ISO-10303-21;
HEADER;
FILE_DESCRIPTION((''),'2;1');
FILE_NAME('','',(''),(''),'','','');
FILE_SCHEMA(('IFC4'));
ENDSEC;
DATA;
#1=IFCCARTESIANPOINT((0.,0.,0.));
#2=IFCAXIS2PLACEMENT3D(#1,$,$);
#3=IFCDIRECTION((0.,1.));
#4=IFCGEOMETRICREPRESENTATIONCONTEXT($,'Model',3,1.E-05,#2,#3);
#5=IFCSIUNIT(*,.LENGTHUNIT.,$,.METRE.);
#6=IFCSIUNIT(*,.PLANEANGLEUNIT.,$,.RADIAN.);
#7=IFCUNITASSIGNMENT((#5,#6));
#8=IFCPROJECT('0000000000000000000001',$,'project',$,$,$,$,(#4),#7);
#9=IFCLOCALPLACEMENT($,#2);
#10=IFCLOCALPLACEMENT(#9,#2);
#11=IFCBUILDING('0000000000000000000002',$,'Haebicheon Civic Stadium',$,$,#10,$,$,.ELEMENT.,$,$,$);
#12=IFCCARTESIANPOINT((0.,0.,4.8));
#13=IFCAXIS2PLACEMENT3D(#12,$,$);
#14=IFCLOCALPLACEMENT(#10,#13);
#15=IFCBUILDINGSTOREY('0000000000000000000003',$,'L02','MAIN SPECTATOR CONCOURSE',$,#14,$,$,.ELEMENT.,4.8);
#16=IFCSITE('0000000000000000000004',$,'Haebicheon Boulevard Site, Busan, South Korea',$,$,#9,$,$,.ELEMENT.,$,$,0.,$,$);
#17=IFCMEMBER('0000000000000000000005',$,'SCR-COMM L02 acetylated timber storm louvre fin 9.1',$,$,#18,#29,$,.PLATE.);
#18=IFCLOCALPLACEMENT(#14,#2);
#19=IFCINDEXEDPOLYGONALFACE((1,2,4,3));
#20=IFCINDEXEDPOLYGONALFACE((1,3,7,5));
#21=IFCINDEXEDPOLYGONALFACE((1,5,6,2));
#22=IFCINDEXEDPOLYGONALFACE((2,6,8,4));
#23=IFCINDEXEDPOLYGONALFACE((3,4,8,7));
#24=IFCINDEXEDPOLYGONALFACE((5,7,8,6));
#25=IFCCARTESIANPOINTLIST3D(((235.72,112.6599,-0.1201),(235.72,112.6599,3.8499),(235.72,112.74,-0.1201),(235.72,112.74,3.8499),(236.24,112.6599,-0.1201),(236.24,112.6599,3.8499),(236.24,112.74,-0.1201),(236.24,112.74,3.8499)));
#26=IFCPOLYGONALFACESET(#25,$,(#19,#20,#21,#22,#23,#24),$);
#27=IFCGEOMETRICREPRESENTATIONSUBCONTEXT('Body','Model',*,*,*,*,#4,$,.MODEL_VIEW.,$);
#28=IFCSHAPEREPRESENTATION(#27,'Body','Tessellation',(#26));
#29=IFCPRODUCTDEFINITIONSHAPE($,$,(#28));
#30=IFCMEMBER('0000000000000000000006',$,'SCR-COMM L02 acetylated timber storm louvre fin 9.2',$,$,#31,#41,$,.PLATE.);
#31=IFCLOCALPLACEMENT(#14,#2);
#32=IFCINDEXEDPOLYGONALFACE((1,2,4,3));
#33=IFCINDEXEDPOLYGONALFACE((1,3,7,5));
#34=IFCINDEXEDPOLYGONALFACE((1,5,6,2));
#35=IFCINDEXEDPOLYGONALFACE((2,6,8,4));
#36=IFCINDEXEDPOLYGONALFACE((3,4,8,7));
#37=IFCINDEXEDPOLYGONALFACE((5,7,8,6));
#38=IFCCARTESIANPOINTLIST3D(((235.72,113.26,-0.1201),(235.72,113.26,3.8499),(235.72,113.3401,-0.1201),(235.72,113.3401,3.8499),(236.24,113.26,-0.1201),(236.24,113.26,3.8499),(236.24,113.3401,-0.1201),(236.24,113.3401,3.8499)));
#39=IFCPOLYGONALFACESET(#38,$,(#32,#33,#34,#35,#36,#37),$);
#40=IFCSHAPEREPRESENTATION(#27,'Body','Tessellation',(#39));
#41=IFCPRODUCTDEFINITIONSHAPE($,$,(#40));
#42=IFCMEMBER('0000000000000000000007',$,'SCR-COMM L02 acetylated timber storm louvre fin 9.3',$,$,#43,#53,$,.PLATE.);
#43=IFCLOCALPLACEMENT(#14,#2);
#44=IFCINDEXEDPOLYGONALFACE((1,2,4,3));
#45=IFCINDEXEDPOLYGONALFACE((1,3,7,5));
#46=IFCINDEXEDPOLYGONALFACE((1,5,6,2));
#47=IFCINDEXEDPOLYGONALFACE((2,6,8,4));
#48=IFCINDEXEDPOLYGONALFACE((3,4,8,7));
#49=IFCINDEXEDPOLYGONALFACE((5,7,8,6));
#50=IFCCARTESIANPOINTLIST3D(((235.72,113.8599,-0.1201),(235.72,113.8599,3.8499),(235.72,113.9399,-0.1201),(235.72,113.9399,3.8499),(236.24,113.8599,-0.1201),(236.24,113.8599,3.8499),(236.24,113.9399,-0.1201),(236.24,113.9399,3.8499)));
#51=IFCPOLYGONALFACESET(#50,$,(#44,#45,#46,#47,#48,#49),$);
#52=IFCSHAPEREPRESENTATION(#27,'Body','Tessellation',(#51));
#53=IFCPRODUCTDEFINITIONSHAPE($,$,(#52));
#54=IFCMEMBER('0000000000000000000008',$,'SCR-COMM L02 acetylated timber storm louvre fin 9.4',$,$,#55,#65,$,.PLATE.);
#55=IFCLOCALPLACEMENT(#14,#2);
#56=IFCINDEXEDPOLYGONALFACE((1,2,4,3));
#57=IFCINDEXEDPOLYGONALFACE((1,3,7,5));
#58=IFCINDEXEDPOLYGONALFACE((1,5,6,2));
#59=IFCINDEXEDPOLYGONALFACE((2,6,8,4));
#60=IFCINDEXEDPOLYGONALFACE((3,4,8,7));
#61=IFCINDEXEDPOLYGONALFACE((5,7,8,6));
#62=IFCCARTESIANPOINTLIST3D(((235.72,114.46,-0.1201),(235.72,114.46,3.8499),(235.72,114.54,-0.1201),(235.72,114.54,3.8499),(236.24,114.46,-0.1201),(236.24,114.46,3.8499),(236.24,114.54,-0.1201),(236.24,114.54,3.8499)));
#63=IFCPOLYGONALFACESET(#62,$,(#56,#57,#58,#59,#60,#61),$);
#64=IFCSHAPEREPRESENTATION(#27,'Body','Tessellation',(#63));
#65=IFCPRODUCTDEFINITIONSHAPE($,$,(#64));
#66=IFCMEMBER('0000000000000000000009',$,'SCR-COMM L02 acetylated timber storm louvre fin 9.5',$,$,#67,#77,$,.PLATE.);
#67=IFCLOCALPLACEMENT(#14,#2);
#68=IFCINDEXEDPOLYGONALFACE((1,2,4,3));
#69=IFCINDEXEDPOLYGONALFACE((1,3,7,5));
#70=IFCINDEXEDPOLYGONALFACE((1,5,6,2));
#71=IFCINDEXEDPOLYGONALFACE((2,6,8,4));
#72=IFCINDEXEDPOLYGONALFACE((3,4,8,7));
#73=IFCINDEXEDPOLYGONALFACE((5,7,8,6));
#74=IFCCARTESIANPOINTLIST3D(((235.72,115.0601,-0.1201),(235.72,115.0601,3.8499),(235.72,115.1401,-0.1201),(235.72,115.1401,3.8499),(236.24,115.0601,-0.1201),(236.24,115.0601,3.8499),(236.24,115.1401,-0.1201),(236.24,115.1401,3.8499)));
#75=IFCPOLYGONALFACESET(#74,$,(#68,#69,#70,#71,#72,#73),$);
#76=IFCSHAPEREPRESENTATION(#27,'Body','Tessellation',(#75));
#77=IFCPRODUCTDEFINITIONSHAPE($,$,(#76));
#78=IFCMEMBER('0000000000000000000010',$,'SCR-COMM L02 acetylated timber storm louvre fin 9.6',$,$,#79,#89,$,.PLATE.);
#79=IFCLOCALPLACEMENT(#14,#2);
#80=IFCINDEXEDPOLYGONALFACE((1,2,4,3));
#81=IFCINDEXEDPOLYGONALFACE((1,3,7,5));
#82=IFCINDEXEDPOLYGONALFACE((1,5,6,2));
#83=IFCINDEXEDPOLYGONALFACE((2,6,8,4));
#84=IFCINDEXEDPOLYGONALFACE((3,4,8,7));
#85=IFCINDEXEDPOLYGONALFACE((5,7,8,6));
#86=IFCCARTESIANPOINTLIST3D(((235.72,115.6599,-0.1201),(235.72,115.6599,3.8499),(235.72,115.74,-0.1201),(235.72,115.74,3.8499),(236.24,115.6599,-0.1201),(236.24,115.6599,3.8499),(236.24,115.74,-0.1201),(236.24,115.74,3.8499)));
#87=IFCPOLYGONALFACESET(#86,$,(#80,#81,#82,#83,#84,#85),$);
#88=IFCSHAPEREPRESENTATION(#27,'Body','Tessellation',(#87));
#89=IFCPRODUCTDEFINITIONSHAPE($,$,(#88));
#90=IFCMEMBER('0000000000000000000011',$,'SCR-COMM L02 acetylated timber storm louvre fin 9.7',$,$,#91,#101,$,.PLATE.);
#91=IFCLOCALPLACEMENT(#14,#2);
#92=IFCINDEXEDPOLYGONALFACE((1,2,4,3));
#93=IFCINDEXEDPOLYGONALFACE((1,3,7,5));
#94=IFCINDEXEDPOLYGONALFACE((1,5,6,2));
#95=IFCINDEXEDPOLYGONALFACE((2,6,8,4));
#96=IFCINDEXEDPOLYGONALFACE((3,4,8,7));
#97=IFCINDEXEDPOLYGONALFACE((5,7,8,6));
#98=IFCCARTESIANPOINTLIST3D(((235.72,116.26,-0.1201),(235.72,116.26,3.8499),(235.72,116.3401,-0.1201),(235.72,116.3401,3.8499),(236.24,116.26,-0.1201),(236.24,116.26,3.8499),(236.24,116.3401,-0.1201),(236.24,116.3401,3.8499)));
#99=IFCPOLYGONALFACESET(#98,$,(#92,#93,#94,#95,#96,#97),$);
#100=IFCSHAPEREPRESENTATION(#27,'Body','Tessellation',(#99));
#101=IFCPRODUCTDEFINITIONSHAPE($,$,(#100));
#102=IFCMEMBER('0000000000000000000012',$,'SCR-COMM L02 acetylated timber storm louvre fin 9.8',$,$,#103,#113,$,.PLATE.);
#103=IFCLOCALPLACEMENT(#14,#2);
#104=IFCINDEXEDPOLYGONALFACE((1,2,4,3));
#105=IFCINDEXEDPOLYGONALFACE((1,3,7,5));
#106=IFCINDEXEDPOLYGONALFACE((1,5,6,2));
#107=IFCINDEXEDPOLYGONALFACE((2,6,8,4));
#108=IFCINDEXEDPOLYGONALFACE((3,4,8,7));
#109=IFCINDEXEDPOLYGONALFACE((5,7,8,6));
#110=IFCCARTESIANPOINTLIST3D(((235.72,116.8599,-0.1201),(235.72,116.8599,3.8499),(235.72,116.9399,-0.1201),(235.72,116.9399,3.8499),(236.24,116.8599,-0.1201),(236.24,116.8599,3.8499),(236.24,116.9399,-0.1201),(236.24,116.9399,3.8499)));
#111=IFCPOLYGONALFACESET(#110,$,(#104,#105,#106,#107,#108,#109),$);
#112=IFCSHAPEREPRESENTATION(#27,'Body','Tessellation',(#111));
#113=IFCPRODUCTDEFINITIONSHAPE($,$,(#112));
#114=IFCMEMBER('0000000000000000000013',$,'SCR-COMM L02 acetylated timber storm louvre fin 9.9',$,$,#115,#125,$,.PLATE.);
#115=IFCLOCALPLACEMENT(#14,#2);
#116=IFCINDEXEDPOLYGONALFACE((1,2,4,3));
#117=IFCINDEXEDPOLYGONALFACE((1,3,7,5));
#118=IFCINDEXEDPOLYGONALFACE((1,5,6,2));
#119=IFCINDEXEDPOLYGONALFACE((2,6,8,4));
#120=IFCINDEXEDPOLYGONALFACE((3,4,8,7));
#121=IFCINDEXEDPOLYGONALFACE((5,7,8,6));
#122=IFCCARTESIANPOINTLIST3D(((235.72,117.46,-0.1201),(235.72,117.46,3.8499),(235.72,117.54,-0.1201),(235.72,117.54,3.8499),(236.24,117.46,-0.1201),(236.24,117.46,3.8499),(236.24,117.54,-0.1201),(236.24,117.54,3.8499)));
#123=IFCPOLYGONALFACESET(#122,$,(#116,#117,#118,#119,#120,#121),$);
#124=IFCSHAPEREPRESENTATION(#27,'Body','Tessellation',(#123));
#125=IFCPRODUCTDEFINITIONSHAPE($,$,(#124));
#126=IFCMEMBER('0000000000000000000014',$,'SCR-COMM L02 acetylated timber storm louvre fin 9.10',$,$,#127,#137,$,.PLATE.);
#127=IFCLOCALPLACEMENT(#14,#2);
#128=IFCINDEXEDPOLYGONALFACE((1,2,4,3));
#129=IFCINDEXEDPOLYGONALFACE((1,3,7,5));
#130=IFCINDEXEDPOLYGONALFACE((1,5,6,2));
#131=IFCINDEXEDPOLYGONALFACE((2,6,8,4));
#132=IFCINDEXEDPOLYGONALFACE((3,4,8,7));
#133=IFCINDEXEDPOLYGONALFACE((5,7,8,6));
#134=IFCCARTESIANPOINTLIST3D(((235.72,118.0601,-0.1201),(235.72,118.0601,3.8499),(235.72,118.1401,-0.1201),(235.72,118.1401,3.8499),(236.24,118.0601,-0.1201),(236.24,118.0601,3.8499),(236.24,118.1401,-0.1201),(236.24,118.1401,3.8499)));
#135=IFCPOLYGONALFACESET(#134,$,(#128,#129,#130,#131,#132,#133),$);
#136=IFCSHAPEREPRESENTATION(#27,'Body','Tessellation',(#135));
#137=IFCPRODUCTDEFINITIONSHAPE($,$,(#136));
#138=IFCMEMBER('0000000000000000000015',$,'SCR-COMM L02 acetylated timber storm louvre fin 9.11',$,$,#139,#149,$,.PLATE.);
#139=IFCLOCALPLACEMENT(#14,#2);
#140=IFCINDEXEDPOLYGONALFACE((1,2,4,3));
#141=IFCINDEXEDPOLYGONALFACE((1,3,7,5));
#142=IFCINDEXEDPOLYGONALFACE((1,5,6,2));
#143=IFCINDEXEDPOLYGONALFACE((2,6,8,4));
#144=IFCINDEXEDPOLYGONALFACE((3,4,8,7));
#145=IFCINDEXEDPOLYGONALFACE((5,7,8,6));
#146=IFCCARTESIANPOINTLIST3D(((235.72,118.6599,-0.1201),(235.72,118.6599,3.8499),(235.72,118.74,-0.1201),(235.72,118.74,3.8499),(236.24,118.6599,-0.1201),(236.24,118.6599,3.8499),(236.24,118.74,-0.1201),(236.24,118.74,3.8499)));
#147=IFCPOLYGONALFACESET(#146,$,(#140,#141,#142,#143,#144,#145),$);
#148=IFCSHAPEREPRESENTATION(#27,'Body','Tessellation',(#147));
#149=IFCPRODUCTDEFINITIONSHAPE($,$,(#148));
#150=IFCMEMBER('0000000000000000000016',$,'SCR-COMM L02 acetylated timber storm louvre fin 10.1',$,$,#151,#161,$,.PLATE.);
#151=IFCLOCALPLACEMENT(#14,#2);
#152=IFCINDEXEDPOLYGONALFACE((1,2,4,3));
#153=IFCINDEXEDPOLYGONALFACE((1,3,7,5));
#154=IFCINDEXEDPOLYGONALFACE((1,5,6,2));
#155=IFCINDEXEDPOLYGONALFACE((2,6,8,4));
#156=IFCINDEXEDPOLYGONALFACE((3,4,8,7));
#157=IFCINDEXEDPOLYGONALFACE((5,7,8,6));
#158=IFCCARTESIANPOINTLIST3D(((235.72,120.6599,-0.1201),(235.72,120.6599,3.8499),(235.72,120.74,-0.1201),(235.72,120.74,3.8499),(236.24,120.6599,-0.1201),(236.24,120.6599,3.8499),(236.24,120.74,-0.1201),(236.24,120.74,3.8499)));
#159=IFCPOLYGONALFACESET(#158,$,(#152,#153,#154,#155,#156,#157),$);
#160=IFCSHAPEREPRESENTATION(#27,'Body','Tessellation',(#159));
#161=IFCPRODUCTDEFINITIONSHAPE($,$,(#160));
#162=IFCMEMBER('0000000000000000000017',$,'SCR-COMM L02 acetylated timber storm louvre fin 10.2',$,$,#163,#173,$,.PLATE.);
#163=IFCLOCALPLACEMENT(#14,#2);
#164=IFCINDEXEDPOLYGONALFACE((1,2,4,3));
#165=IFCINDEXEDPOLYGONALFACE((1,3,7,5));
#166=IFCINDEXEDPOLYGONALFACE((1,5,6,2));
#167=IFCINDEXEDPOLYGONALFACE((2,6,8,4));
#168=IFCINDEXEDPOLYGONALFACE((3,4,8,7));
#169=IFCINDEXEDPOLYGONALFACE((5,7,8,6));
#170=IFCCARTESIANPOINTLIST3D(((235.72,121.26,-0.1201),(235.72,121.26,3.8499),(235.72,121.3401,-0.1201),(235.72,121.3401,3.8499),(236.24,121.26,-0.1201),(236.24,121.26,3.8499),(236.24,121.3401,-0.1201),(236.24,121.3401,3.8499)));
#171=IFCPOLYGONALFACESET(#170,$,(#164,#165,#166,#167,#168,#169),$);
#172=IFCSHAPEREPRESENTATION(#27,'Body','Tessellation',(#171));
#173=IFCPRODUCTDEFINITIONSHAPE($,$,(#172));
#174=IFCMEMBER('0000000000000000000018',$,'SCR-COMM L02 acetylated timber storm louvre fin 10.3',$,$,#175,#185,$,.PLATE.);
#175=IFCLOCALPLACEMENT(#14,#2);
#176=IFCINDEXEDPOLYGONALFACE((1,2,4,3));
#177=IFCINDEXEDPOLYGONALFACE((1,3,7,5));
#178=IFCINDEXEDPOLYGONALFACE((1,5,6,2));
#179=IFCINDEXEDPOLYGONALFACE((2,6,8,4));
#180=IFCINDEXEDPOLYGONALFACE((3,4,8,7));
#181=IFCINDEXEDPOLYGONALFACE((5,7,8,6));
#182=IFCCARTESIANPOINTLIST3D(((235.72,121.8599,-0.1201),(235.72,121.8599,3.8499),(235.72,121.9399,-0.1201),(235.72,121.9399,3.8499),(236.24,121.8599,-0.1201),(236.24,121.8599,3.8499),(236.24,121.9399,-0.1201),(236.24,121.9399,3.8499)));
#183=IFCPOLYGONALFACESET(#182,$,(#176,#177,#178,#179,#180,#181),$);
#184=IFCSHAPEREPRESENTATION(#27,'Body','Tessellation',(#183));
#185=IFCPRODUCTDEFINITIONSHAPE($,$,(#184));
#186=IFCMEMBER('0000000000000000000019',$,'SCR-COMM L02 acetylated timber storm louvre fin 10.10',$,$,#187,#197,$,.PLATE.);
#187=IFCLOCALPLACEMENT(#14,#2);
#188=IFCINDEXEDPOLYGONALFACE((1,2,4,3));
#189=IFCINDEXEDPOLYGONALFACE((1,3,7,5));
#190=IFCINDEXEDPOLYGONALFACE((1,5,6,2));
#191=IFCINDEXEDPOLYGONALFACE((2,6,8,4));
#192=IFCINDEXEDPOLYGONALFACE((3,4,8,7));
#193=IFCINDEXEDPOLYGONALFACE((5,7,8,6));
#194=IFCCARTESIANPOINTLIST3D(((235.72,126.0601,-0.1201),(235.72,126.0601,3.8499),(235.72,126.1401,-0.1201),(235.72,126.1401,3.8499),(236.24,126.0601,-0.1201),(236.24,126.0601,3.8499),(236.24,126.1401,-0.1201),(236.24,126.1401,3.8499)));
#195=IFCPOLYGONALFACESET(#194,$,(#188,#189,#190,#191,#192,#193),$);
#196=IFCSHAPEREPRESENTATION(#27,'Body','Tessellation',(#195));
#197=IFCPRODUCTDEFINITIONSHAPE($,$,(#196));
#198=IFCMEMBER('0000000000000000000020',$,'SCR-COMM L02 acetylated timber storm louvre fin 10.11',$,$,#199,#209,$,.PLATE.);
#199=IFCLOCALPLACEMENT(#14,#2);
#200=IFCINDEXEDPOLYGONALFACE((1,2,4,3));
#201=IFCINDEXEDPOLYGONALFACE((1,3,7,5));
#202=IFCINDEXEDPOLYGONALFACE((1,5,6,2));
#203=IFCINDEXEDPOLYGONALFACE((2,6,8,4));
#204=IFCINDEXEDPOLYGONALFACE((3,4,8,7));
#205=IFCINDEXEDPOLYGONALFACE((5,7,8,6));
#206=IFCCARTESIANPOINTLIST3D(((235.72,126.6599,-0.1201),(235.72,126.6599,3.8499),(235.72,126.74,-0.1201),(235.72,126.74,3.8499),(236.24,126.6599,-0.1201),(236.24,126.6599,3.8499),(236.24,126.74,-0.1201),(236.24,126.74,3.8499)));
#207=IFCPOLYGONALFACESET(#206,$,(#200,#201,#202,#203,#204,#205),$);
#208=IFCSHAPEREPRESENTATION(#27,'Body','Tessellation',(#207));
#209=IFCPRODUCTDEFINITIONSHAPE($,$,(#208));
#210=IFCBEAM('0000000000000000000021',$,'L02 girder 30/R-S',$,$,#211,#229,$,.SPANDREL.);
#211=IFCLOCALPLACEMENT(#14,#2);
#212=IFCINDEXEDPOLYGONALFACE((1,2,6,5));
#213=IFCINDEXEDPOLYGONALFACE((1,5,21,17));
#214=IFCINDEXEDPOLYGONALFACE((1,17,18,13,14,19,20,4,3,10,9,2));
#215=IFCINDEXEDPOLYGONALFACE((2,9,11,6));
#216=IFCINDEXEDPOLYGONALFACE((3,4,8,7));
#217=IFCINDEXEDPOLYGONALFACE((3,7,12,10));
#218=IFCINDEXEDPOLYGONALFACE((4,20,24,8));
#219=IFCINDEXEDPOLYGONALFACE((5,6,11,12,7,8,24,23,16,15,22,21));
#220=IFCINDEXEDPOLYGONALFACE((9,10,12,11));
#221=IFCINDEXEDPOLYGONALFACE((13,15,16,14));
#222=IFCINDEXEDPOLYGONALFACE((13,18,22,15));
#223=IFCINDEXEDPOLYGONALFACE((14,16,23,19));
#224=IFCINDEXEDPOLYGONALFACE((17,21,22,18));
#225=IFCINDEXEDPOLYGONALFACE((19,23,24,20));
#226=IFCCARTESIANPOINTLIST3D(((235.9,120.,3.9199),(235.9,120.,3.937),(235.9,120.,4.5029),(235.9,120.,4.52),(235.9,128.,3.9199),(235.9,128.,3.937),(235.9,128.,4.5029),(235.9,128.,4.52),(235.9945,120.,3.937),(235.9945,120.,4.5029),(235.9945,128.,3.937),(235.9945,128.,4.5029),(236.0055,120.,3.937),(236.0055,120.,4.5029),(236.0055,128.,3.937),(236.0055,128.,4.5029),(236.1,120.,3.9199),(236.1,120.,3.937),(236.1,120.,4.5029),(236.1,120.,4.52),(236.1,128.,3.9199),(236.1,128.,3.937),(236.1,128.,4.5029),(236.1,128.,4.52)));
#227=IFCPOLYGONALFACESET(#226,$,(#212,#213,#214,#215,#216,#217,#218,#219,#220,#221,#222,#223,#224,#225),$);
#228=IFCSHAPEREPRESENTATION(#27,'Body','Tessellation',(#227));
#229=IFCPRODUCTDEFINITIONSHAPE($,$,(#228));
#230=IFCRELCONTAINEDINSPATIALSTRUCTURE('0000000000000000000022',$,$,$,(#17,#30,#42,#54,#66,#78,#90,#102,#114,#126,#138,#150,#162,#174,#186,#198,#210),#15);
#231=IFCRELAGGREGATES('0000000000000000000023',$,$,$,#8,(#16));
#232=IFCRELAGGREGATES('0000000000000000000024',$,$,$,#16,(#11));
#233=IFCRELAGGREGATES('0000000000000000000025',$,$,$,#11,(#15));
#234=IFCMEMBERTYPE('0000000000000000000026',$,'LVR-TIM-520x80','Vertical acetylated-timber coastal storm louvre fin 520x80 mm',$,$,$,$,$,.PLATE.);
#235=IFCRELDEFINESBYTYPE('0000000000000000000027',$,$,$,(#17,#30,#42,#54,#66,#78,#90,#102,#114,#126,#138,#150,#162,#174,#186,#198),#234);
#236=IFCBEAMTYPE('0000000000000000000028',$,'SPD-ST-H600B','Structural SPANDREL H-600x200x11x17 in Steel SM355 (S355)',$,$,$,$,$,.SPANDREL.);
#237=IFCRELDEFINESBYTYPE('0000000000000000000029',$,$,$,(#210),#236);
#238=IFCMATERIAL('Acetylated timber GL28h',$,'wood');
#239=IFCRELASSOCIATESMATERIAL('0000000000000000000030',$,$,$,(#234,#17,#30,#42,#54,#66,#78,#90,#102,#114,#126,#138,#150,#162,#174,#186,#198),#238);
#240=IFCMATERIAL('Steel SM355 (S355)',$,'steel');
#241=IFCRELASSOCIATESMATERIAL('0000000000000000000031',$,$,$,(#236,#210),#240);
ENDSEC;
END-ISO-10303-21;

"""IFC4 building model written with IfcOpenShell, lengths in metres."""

from ifc_helpers import new_model, si_unit, direction, frame, origin, origin_2d, place, context, subcontext, project, spatial, rectangle, i_section, extrude, material, material_profile, profile_set, type_object, element, save


model = new_model("IFC4")

# Units and contexts
model_context = context("Model", 3, precision=1e-05, world=origin(), true_north=direction((0.0, 1.0)))
body_context = subcontext(model_context, "Body", "Model", "MODEL_VIEW")
ifc_project = project(units=[si_unit("LENGTHUNIT", "METRE"), si_unit("PLANEANGLEUNIT", "RADIAN")], contexts=[model_context])

# Site, building, storey
site_placement = place(None, origin())
site = spatial("IfcSite", under=ifc_project, at=site_placement, Name="Haebicheon Boulevard Site, Busan, South Korea", CompositionType="ELEMENT", RefElevation=0.0)
building_placement = place(site_placement, origin())
building = spatial("IfcBuilding", under=site, at=building_placement, Name="Haebicheon Civic Stadium", CompositionType="ELEMENT")
storey_placement = place(building_placement, frame((0.0, 0.0, 4.8)))
storey = spatial("IfcBuildingStorey", under=building, at=storey_placement, Name="L02", Description="MAIN SPECTATOR CONCOURSE", CompositionType="ELEMENT", Elevation=4.8)

# Members
ifc_material_1 = material(Name="Acetylated timber GL28h", Category="wood")
ifc_material_profile_1 = material_profile(ifc_material_1, rectangle(XDim=0.0801, YDim=0.52, at=origin_2d()), Name="TMB-LOUV-80x520")
ifc_profile_set_1 = profile_set([ifc_material_profile_1], Name="Acetylated timber GL28h")
member_type_1 = type_object("IfcMemberType", Name="LVR-TIM-520x80", Description="Vertical acetylated-timber coastal storm louvre fin 520x80 mm", PredefinedType="PLATE", material=ifc_profile_set_1)
for number, where, z_axis, x_axis, name in (
    (1, (235.98, 112.7, -0.1201), (0.0, 0.0, 1.0), (0.0, 1.0, 0.0), "SCR-COMM L02 acetylated timber storm louvre fin 9.1"),
    (2, (235.98, 113.3, -0.1201), (0.0, 0.0, 1.0), (0.0, 1.0, 0.0), "SCR-COMM L02 acetylated timber storm louvre fin 9.2"),
    (3, (235.98, 113.8999, -0.1201), (0.0, 0.0, 1.0), (0.0, 1.0, 0.0), "SCR-COMM L02 acetylated timber storm louvre fin 9.3"),
    (4, (235.98, 114.5, -0.1201), (0.0, 0.0, 1.0), (0.0, 1.0, 0.0), "SCR-COMM L02 acetylated timber storm louvre fin 9.4"),
    (5, (235.98, 115.1001, -0.1201), (0.0, 0.0, 1.0), (0.0, 1.0, 0.0), "SCR-COMM L02 acetylated timber storm louvre fin 9.5"),
    (6, (235.98, 115.7, -0.1201), (0.0, 0.0, 1.0), (0.0, 1.0, 0.0), "SCR-COMM L02 acetylated timber storm louvre fin 9.6"),
    (7, (235.98, 116.3, -0.1201), (0.0, 0.0, 1.0), (0.0, 1.0, 0.0), "SCR-COMM L02 acetylated timber storm louvre fin 9.7"),
    (8, (235.98, 116.8999, -0.1201), (0.0, 0.0, 1.0), (0.0, 1.0, 0.0), "SCR-COMM L02 acetylated timber storm louvre fin 9.8"),
    (9, (235.98, 117.5, -0.1201), (0.0, 0.0, 1.0), (0.0, 1.0, 0.0), "SCR-COMM L02 acetylated timber storm louvre fin 9.9"),
    (10, (235.98, 118.1001, -0.1201), (0.0, 0.0, 1.0), (0.0, 1.0, 0.0), "SCR-COMM L02 acetylated timber storm louvre fin 9.10"),
    (11, (235.98, 118.7, -0.1201), (0.0, 0.0, 1.0), (0.0, 1.0, 0.0), "SCR-COMM L02 acetylated timber storm louvre fin 9.11"),
    (12, (235.98, 120.7, -0.1201), (0.0, 0.0, 1.0), (0.0, 1.0, 0.0), "SCR-COMM L02 acetylated timber storm louvre fin 10.1"),
    (13, (235.98, 121.3, -0.1201), (0.0, 0.0, 1.0), (0.0, 1.0, 0.0), "SCR-COMM L02 acetylated timber storm louvre fin 10.2"),
    (14, (235.98, 121.8999, -0.1201), (0.0, 0.0, 1.0), (0.0, 1.0, 0.0), "SCR-COMM L02 acetylated timber storm louvre fin 10.3"),
    (15, (235.98, 126.1001, -0.1201), (0.0, 0.0, 1.0), (0.0, 1.0, 0.0), "SCR-COMM L02 acetylated timber storm louvre fin 10.10"),
    (16, (235.98, 126.7, -0.1201), (0.0, 0.0, 1.0), (0.0, 1.0, 0.0), "SCR-COMM L02 acetylated timber storm louvre fin 10.11"),
):
    element("IfcMember", number, at=place(storey_placement, frame(where, z_axis=z_axis, x_axis=x_axis)), inside=storey, type_object=member_type_1, material=ifc_profile_set_1, Name=name, PredefinedType="PLATE", context=body_context, shape_type="SweptSolid", body=[
        extrude(rectangle(XDim=0.0801, YDim=0.52, at=origin_2d()), origin(), (0.0, 0.0, 1.0), 3.97),
    ])

# Beam
ifc_material_2 = material(Name="Steel SM355 (S355)", Category="steel")
ifc_material_profile_2 = material_profile(ifc_material_2, i_section(OverallWidth=0.2, OverallDepth=0.6001, WebThickness=0.011, FlangeThickness=0.0171, at=origin_2d()), Name="H-600x200x11x17")
ifc_profile_set_2 = profile_set([ifc_material_profile_2], Name="Steel SM355 (S355)")
beam_type_1 = type_object("IfcBeamType", Name="SPD-ST-H600B", Description="Structural SPANDREL H-600x200x11x17 in Steel SM355 (S355)", PredefinedType="SPANDREL", material=ifc_profile_set_2)
beam_placement = place(storey_placement, frame((236.0, 120.0, 4.22), z_axis=(0.0, 1.0, 0.0), x_axis=(-1.0, 0.0, 0.0)))
element("IfcBeam", 17, at=beam_placement, inside=storey, type_object=beam_type_1, material=ifc_profile_set_2, Name="L02 girder 30/R-S", PredefinedType="SPANDREL", context=body_context, shape_type="SweptSolid", body=[
    extrude(i_section(OverallWidth=0.2, OverallDepth=0.6001, WebThickness=0.011, FlangeThickness=0.0171, at=origin_2d()), origin(), (0.0, 0.0, 1.0), 8.0),
])

save(model, "model.ifc")
